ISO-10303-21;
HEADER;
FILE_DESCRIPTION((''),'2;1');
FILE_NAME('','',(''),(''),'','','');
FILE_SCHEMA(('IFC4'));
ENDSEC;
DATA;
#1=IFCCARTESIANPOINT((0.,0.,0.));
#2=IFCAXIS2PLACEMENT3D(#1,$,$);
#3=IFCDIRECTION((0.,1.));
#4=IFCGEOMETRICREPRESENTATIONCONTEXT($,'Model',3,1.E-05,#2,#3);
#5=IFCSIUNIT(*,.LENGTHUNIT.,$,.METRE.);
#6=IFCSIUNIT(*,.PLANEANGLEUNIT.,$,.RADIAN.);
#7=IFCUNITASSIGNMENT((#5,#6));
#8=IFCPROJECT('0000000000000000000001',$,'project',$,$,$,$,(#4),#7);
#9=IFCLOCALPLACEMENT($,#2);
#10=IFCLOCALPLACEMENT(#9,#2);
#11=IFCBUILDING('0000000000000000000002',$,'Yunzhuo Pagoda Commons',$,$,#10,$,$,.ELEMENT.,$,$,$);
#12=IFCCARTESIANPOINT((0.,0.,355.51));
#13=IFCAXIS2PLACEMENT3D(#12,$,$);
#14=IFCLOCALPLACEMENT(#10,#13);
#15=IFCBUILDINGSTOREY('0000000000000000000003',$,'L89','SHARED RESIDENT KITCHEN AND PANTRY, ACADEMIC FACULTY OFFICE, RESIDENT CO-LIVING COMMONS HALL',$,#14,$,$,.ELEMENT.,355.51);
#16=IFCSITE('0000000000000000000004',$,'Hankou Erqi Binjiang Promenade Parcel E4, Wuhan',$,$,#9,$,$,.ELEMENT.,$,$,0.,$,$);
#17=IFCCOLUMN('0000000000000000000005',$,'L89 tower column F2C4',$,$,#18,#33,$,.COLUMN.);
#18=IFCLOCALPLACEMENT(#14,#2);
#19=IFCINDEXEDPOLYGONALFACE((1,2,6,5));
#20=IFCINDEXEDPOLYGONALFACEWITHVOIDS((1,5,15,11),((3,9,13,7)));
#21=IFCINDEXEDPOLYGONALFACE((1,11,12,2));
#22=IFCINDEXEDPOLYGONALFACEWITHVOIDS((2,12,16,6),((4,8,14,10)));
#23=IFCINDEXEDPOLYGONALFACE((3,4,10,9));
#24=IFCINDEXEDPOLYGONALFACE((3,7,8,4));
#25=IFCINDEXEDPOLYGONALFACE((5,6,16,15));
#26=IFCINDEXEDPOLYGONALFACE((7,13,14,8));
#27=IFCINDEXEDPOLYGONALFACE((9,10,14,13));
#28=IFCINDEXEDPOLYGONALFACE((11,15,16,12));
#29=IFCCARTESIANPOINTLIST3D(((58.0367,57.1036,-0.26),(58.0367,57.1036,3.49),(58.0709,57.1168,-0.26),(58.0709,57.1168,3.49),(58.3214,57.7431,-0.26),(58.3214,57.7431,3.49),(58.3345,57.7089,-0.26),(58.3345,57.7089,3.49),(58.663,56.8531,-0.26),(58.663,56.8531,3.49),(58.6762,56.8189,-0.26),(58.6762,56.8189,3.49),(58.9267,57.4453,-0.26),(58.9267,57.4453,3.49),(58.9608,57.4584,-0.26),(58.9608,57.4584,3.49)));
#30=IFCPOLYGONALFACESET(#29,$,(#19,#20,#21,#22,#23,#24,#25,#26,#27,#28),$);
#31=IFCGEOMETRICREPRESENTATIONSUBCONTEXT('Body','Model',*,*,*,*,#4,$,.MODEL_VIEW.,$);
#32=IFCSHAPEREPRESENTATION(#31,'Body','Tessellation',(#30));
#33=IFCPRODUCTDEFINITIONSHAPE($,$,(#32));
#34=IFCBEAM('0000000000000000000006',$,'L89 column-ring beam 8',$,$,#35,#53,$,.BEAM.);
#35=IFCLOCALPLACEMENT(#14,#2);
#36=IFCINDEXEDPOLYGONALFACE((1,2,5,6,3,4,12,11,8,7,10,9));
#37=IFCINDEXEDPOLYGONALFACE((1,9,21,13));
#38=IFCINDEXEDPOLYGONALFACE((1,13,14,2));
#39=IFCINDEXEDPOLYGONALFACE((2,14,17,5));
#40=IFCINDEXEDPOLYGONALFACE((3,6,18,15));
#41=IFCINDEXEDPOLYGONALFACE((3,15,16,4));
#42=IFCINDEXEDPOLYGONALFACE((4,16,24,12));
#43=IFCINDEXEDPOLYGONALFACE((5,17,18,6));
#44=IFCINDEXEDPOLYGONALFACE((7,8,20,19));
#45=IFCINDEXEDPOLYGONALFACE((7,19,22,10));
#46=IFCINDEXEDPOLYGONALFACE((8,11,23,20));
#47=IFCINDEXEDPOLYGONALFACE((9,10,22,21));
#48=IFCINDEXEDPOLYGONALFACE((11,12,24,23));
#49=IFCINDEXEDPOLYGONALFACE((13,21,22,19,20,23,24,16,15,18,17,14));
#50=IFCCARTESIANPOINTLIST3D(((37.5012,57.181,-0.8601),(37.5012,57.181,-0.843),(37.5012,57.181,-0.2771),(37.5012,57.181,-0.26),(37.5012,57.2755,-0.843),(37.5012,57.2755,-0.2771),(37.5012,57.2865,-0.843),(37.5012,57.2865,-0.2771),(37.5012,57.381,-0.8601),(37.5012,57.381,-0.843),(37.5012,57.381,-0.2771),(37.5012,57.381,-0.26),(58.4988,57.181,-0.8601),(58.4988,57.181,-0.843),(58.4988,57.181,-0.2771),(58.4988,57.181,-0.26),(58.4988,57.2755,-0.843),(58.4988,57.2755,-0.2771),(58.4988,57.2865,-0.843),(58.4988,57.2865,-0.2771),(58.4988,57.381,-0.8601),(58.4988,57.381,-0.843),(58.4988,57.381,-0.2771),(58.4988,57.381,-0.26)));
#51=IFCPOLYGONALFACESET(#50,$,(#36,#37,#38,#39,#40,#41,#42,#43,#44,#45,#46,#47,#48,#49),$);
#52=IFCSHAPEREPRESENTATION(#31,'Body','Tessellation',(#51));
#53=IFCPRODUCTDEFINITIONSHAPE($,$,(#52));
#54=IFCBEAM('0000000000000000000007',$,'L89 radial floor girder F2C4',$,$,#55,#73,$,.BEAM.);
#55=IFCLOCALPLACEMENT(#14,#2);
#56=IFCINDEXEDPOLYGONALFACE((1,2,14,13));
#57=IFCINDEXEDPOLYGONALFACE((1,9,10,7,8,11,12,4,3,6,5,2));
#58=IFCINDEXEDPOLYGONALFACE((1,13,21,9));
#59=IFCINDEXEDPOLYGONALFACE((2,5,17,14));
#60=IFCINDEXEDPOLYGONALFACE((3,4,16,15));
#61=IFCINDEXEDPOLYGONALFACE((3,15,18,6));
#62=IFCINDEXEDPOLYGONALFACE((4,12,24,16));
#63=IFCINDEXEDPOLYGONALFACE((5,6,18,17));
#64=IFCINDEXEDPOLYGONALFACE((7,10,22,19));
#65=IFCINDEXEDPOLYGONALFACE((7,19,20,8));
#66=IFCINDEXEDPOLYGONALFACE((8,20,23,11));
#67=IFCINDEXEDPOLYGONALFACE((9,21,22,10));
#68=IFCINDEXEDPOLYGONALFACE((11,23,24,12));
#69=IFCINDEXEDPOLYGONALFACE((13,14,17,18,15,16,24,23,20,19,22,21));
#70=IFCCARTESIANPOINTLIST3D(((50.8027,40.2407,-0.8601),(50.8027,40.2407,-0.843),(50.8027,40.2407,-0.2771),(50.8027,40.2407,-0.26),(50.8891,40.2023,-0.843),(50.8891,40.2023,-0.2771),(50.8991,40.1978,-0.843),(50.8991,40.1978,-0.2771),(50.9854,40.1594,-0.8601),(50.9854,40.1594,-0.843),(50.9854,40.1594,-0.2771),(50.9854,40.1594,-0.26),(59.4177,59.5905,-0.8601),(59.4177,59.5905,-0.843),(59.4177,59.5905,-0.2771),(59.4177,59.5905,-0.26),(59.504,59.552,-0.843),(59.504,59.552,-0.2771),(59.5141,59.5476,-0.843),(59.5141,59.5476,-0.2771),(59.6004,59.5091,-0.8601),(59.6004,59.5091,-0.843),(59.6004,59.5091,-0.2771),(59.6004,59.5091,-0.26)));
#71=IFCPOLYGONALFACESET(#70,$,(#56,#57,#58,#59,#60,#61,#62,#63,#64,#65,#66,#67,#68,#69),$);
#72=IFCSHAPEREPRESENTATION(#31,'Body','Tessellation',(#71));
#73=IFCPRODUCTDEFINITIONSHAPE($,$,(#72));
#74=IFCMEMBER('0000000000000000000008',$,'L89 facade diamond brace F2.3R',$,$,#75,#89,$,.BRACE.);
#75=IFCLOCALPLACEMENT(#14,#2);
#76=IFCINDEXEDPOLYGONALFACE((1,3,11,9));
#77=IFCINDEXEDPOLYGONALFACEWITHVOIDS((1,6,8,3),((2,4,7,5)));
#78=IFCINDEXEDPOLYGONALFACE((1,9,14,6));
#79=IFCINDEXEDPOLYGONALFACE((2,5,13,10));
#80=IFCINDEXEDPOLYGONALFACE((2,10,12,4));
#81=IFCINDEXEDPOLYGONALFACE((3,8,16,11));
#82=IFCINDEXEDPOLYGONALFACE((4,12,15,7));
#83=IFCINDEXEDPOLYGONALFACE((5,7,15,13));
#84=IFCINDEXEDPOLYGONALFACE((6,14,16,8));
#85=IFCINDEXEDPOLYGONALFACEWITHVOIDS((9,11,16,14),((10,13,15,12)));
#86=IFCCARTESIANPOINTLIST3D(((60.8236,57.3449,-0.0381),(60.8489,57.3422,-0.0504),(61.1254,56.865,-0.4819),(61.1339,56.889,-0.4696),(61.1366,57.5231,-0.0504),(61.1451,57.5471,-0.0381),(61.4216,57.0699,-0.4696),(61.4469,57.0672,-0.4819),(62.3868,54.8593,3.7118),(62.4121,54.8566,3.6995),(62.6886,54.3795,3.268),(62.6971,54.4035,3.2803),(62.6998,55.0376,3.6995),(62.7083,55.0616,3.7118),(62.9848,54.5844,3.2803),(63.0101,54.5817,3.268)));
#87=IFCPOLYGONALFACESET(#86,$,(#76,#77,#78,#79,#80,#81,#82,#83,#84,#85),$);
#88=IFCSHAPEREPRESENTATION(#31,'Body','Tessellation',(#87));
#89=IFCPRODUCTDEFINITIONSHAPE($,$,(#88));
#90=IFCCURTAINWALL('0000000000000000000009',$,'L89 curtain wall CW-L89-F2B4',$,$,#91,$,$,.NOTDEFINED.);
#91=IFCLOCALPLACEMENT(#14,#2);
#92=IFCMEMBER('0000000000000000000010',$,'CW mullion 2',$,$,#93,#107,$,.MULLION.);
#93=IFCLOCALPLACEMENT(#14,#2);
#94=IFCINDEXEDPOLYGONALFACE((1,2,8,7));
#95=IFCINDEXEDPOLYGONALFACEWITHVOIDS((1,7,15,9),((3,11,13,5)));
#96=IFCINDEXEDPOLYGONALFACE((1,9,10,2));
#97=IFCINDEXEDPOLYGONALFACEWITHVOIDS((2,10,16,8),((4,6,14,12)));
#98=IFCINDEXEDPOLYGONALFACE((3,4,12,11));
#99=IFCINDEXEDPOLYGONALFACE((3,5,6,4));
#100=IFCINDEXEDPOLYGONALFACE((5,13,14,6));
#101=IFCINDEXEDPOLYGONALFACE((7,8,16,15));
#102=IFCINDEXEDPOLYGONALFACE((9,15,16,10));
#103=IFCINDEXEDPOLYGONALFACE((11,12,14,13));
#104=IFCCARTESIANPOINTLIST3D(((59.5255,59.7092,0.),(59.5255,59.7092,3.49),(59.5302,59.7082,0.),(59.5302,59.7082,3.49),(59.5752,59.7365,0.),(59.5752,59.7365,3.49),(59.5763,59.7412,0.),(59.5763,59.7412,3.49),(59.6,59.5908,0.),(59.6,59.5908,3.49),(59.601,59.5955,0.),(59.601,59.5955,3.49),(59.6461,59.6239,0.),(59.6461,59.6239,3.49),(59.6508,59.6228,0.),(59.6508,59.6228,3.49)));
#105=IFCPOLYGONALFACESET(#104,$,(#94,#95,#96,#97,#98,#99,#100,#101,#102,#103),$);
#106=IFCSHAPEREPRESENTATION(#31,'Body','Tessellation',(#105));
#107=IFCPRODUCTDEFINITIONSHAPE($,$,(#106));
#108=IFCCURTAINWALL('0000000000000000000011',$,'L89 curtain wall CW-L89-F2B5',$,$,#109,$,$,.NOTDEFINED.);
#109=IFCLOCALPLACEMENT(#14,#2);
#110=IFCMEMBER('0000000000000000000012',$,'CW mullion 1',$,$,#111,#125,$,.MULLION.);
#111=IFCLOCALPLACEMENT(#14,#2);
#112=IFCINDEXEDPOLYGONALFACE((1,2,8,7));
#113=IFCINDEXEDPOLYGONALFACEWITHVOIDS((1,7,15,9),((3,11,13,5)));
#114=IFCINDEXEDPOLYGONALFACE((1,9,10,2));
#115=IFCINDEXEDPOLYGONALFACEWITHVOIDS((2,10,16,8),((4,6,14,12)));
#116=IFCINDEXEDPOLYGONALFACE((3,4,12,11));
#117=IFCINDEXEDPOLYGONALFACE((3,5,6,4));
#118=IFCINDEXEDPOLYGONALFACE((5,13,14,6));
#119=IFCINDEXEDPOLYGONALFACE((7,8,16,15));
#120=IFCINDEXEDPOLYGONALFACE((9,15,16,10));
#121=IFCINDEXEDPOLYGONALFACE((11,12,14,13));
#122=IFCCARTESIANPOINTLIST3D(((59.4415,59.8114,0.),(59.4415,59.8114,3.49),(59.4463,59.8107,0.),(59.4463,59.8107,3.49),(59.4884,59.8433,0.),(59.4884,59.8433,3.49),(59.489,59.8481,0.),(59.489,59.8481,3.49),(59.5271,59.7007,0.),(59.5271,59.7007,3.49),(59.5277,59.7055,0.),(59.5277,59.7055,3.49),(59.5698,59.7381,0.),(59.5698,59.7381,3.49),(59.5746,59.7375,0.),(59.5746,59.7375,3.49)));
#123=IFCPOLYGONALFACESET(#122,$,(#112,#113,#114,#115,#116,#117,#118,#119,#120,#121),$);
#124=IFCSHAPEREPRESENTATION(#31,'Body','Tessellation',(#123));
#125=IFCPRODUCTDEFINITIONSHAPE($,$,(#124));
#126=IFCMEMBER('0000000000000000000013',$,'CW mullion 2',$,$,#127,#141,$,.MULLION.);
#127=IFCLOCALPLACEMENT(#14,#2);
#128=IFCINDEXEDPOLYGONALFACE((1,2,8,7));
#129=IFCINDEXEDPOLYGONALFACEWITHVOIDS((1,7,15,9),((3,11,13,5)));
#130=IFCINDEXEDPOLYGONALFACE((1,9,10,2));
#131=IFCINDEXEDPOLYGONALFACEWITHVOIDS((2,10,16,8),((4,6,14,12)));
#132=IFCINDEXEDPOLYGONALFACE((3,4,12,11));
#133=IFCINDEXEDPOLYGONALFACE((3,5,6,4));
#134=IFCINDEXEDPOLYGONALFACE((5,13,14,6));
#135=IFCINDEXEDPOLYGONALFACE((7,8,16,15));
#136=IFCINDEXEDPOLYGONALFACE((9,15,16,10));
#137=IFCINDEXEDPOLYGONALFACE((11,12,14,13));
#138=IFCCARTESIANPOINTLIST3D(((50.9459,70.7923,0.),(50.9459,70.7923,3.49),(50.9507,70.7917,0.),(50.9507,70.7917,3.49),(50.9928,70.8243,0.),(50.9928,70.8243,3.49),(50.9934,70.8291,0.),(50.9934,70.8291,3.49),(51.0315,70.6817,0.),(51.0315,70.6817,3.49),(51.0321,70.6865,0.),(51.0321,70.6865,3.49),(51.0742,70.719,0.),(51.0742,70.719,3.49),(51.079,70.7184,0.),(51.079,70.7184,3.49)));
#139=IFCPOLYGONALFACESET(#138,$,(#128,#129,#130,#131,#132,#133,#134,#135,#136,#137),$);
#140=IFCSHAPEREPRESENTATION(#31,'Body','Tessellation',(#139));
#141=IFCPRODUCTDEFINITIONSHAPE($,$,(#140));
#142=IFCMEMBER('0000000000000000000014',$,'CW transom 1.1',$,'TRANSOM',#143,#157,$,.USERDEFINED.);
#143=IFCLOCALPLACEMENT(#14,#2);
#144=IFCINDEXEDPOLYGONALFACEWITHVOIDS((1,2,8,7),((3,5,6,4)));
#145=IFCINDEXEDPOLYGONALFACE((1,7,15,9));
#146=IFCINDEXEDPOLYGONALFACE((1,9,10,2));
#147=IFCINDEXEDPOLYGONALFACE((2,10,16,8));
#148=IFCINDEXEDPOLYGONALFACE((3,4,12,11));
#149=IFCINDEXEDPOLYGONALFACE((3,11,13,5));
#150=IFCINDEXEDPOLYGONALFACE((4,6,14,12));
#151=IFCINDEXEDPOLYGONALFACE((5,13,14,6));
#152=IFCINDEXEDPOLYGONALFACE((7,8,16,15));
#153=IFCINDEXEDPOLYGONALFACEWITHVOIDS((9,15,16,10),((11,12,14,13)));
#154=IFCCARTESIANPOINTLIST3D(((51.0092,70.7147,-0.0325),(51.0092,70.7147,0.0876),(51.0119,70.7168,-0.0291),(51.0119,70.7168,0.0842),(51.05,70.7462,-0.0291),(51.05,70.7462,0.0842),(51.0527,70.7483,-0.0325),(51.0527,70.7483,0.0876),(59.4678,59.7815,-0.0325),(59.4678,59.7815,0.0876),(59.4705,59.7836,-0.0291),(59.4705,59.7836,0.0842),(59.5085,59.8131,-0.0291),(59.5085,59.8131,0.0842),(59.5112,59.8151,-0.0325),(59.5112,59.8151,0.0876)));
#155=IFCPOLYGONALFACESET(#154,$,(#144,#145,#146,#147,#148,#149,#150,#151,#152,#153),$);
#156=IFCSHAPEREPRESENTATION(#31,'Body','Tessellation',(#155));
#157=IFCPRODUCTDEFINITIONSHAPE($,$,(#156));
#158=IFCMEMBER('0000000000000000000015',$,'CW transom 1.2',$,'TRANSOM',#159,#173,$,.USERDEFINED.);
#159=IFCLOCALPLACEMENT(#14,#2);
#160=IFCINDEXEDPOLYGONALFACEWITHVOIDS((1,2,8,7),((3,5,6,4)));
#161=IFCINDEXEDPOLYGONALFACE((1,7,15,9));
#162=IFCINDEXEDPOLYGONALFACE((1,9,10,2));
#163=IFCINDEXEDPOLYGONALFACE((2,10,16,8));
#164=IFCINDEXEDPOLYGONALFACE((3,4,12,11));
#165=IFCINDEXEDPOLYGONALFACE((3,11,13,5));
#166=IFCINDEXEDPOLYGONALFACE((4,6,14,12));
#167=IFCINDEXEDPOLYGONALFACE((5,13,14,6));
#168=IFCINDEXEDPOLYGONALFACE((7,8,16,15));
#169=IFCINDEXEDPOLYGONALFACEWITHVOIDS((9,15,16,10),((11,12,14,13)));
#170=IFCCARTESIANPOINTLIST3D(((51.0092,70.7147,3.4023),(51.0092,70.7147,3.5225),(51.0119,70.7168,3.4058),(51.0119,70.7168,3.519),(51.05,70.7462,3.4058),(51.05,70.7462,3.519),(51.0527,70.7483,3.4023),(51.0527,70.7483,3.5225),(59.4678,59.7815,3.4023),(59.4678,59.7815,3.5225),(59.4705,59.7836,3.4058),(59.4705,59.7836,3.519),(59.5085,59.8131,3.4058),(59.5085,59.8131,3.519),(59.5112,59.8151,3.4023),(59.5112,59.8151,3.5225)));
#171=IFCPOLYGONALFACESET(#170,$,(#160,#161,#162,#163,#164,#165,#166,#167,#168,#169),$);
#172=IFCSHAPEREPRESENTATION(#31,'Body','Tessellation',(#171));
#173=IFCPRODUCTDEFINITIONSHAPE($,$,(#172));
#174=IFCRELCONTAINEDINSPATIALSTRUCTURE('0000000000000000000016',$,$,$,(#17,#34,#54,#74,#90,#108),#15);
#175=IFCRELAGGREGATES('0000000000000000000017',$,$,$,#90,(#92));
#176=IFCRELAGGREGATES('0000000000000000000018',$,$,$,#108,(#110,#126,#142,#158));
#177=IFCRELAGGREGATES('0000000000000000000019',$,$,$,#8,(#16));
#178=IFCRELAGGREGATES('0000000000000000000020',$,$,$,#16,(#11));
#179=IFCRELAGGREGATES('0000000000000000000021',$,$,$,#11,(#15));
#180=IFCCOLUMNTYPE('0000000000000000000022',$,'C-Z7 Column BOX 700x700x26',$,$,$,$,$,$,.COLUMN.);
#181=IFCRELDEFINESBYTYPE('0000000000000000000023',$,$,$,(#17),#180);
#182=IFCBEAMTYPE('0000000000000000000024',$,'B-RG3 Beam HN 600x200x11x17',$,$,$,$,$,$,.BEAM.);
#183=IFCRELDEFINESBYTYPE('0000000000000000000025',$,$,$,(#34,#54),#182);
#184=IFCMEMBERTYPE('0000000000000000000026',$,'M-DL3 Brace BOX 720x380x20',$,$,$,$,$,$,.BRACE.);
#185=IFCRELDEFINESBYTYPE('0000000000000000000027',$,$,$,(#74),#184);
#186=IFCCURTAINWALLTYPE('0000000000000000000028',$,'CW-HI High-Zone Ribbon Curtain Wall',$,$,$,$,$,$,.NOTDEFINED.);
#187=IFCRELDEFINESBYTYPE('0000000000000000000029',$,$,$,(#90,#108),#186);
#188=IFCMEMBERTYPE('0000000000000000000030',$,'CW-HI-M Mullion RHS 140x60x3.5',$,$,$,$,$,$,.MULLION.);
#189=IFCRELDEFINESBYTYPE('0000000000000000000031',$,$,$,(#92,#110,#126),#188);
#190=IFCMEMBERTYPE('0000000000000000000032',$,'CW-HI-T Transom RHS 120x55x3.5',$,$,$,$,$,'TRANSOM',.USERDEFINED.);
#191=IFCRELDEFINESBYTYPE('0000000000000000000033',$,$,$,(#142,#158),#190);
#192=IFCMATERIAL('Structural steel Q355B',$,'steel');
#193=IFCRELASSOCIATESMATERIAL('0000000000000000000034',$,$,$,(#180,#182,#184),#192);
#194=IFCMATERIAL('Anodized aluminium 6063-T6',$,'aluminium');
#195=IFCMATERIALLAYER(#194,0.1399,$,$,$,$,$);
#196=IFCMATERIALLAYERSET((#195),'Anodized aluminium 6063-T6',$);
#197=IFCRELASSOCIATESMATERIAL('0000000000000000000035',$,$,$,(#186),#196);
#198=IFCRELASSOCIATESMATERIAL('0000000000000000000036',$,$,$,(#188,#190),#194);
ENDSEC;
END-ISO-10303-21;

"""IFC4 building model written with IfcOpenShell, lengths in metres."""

from ifc_helpers import new_model, si_unit, direction, frame, origin, origin_2d, place, context, subcontext, project, spatial, hollow_rectangle, i_section, extrude, source, transform, mapped, material, layer, layer_set, material_profile, profile_set, type_object, element, aggregate, save


model = new_model("IFC4")

# Units and contexts
model_context = context("Model", 3, precision=1e-05, world=origin(), true_north=direction((0.0, 1.0)))
body_context = subcontext(model_context, "Body", "Model", "MODEL_VIEW")
ifc_project = project(units=[si_unit("LENGTHUNIT", "METRE"), si_unit("PLANEANGLEUNIT", "RADIAN")], contexts=[model_context])

# Site, building, storey
site_placement = place(None, origin())
site = spatial("IfcSite", under=ifc_project, at=site_placement, Name="Hankou Erqi Binjiang Promenade Parcel E4, Wuhan", CompositionType="ELEMENT", RefElevation=0.0)
building_placement = place(site_placement, origin())
building = spatial("IfcBuilding", under=site, at=building_placement, Name="Yunzhuo Pagoda Commons", CompositionType="ELEMENT")
storey_placement = place(building_placement, frame((0.0, 0.0, 355.51)))
storey = spatial("IfcBuildingStorey", under=building, at=storey_placement, Name="L89", Description="SHARED RESIDENT KITCHEN AND PANTRY, ACADEMIC FACULTY OFFICE, RESIDENT CO-LIVING COMMONS HALL", CompositionType="ELEMENT", Elevation=355.51)

# Column
ifc_material_1 = material(Name="Structural steel Q355B", Category="steel")
ifc_material_profile_1 = material_profile(ifc_material_1, hollow_rectangle(XDim=0.7, YDim=0.7, WallThickness=0.0259, at=origin_2d()), Name="Structural steel Q355B")
ifc_profile_set_1 = profile_set([ifc_material_profile_1], Name="Structural steel Q355B")
column_type = type_object("IfcColumnType", Name="C-Z7 Column BOX 700x700x26", PredefinedType="COLUMN", material=ifc_profile_set_1)
shared_shape_1 = source(origin(), body_context, "Body", "SweptSolid", [
    extrude(hollow_rectangle(XDim=0.7, YDim=0.7, WallThickness=0.0259, at=origin_2d()), origin(), (0.0, 0.0, 1.0), 3.75),
])
column_placement = place(storey_placement, frame((58.4988, 57.281, -0.26), z_axis=(0.0, 0.0, 1.0), x_axis=(-0.913545, 0.406737, 0.0)))
element("IfcColumn", 1, at=column_placement, inside=storey, type_object=column_type, Name="L89 tower column F2C4", PredefinedType="COLUMN", context=body_context, shape_type="MappedRepresentation", body=[
    mapped(shared_shape_1, transform((0.0, 0.0, 0.0), scale=1.0)),
])

# Beams
ifc_material_profile_2 = material_profile(ifc_material_1, i_section(OverallWidth=0.2, OverallDepth=0.6001, WebThickness=0.011, FlangeThickness=0.0171, at=origin_2d()), Name="Structural steel Q355B")
ifc_profile_set_2 = profile_set([ifc_material_profile_2], Name="Structural steel Q355B")
beam_type = type_object("IfcBeamType", Name="B-RG3 Beam HN 600x200x11x17", PredefinedType="BEAM", material=ifc_profile_set_2)
shared_shape_2 = source(origin(), body_context, "Body", "SweptSolid", [
    extrude(i_section(OverallWidth=0.2, OverallDepth=0.6001, WebThickness=0.011, FlangeThickness=0.0171, at=origin_2d()), origin(), (0.0, 0.0, 1.0), 20.9976),
])
beam_1_placement = place(storey_placement, frame((58.4988, 57.281, -0.5601), z_axis=(-1.0, 0.0, 0.0), x_axis=(0.0, -1.0, 0.0)))
element("IfcBeam", 2, at=beam_1_placement, inside=storey, type_object=beam_type, Name="L89 column-ring beam 8", PredefinedType="BEAM", context=body_context, shape_type="MappedRepresentation", body=[
    mapped(shared_shape_2, transform((0.0, 0.0, 0.0), scale=1.0)),
])
shared_shape_3 = source(origin(), body_context, "Body", "SweptSolid", [
    extrude(i_section(OverallWidth=0.2, OverallDepth=0.6001, WebThickness=0.011, FlangeThickness=0.0171, at=origin_2d()), origin(), (0.0, 0.0, 1.0), 21.1809),
])
beam_2_placement = place(storey_placement, frame((59.509, 59.5498, -0.5601), z_axis=(-0.406732, -0.913548, 0.0), x_axis=(0.913548, -0.406732, 0.0)))
element("IfcBeam", 3, at=beam_2_placement, inside=storey, type_object=beam_type, Name="L89 radial floor girder F2C4", PredefinedType="BEAM", context=body_context, shape_type="MappedRepresentation", body=[
    mapped(shared_shape_3, transform((0.0, 0.0, 0.0), scale=1.0)),
])

# Member
ifc_material_profile_3 = material_profile(ifc_material_1, hollow_rectangle(XDim=0.3799, YDim=0.72, WallThickness=0.02, at=origin_2d()), Name="Structural steel Q355B")
ifc_profile_set_3 = profile_set([ifc_material_profile_3], Name="Structural steel Q355B")
member_type_1 = type_object("IfcMemberType", Name="M-DL3 Brace BOX 720x380x20", PredefinedType="BRACE", material=ifc_profile_set_3)
shared_shape_4 = source(origin(), body_context, "Body", "SweptSolid", [
    extrude(hollow_rectangle(XDim=0.3799, YDim=0.72, WallThickness=0.02, at=origin_2d()), origin(), (0.0, 0.0, 1.0), 4.7627),
])
member_1_placement = place(storey_placement, frame((61.1353, 57.2061, -0.26), z_axis=(0.328216, -0.521876, 0.78735), x_axis=(0.846505, 0.532381, 0.0)))
element("IfcMember", 4, at=member_1_placement, inside=storey, type_object=member_type_1, Name="L89 facade diamond brace F2.3R", PredefinedType="BRACE", context=body_context, shape_type="MappedRepresentation", body=[
    mapped(shared_shape_4, transform((0.0, 0.0, 0.0), scale=1.0)),
])

# Curtain wall, member
ifc_material_2 = material(Name="Anodized aluminium 6063-T6", Category="aluminium")
ifc_layer_1 = layer(ifc_material_2, 0.1399)
ifc_layer_set_1 = layer_set([ifc_layer_1], Name="Anodized aluminium 6063-T6")
curtain_wall_type = type_object("IfcCurtainWallType", Name="CW-HI High-Zone Ribbon Curtain Wall", PredefinedType="NOTDEFINED", material=ifc_layer_set_1)
curtain_wall_1_placement = place(storey_placement, origin())
curtain_wall_1 = element("IfcCurtainWall", 5, at=curtain_wall_1_placement, inside=storey, type_object=curtain_wall_type, Name="L89 curtain wall CW-L89-F2B4", PredefinedType="NOTDEFINED")
ifc_material_profile_4 = material_profile(ifc_material_2, hollow_rectangle(XDim=0.0601, YDim=0.1399, WallThickness=0.0034, at=origin_2d()), Name="Anodized aluminium 6063-T6")
ifc_profile_set_4 = profile_set([ifc_material_profile_4], Name="Anodized aluminium 6063-T6")
member_type_2 = type_object("IfcMemberType", Name="CW-HI-M Mullion RHS 140x60x3.5", PredefinedType="MULLION", material=ifc_profile_set_4)
shared_shape_5 = source(origin(), body_context, "Body", "SweptSolid", [
    extrude(hollow_rectangle(XDim=0.0601, YDim=0.1399, WallThickness=0.0034, at=origin_2d()), origin(), (0.0, 0.0, 1.0), 3.49),
])
member_2_placement = place(storey_placement, frame((59.5881, 59.666, 0.0), z_axis=(0.0, 0.0, 1.0), x_axis=(-0.846525, -0.53235, 0.0)))
member_2 = element("IfcMember", 6, at=member_2_placement, type_object=member_type_2, Name="CW mullion 2", PredefinedType="MULLION", context=body_context, shape_type="MappedRepresentation", body=[
    mapped(shared_shape_5, transform((0.0, 0.0, 0.0), scale=1.0)),
])

# Curtain wall, members
curtain_wall_2_placement = place(storey_placement, origin())
curtain_wall_2 = element("IfcCurtainWall", 7, at=curtain_wall_2_placement, inside=storey, type_object=curtain_wall_type, Name="L89 curtain wall CW-L89-F2B5", PredefinedType="NOTDEFINED")
member_3_placement = place(storey_placement, frame((59.5081, 59.7744, 0.0), z_axis=(0.0, 0.0, 1.0), x_axis=(-0.790927, -0.61191, 0.0)))
member_3 = element("IfcMember", 8, at=member_3_placement, type_object=member_type_2, Name="CW mullion 1", PredefinedType="MULLION", context=body_context, shape_type="MappedRepresentation", body=[
    mapped(shared_shape_5, transform((0.0, 0.0, 0.0), scale=1.0)),
])
member_4_placement = place(storey_placement, frame((51.0125, 70.7554, 0.0), z_axis=(0.0, 0.0, 1.0), x_axis=(-0.790927, -0.61191, 0.0)))
member_4 = element("IfcMember", 9, at=member_4_placement, type_object=member_type_2, Name="CW mullion 2", PredefinedType="MULLION", context=body_context, shape_type="MappedRepresentation", body=[
    mapped(shared_shape_5, transform((0.0, 0.0, 0.0), scale=1.0)),
])
ifc_material_profile_5 = material_profile(ifc_material_2, hollow_rectangle(XDim=0.0549, YDim=0.1201, WallThickness=0.0034, at=origin_2d()), Name="Anodized aluminium 6063-T6")
ifc_profile_set_5 = profile_set([ifc_material_profile_5], Name="Anodized aluminium 6063-T6")
member_type_3 = type_object("IfcMemberType", Name="CW-HI-T Transom RHS 120x55x3.5", ElementType="TRANSOM", PredefinedType="USERDEFINED", material=ifc_profile_set_5)
shared_shape_6 = source(origin(), body_context, "Body", "SweptSolid", [
    extrude(hollow_rectangle(XDim=0.0549, YDim=0.1201, WallThickness=0.0034, at=origin_2d()), origin(), (0.0, 0.0, 1.0), 13.8232),
])
member_5_placement = place(storey_placement, frame((59.4895, 59.7983, 0.0276), z_axis=(-0.611909, 0.790928, 0.0), x_axis=(-0.790928, -0.611909, 0.0)))
member_5 = element("IfcMember", 10, at=member_5_placement, type_object=member_type_3, Name="CW transom 1.1", ObjectType="TRANSOM", PredefinedType="USERDEFINED", context=body_context, shape_type="MappedRepresentation", body=[
    mapped(shared_shape_6, transform((0.0, 0.0, 0.0), scale=1.0)),
])
member_6_placement = place(storey_placement, frame((59.4895, 59.7983, 3.4624), z_axis=(-0.611909, 0.790928, 0.0), x_axis=(-0.790928, -0.611909, 0.0)))
member_6 = element("IfcMember", 11, at=member_6_placement, type_object=member_type_3, Name="CW transom 1.2", ObjectType="TRANSOM", PredefinedType="USERDEFINED", context=body_context, shape_type="MappedRepresentation", body=[
    mapped(shared_shape_6, transform((0.0, 0.0, 0.0), scale=1.0)),
])

aggregate(curtain_wall_1, [member_2])
aggregate(curtain_wall_2, [member_3, member_4, member_5, member_6])

save(model, "model.ifc")
